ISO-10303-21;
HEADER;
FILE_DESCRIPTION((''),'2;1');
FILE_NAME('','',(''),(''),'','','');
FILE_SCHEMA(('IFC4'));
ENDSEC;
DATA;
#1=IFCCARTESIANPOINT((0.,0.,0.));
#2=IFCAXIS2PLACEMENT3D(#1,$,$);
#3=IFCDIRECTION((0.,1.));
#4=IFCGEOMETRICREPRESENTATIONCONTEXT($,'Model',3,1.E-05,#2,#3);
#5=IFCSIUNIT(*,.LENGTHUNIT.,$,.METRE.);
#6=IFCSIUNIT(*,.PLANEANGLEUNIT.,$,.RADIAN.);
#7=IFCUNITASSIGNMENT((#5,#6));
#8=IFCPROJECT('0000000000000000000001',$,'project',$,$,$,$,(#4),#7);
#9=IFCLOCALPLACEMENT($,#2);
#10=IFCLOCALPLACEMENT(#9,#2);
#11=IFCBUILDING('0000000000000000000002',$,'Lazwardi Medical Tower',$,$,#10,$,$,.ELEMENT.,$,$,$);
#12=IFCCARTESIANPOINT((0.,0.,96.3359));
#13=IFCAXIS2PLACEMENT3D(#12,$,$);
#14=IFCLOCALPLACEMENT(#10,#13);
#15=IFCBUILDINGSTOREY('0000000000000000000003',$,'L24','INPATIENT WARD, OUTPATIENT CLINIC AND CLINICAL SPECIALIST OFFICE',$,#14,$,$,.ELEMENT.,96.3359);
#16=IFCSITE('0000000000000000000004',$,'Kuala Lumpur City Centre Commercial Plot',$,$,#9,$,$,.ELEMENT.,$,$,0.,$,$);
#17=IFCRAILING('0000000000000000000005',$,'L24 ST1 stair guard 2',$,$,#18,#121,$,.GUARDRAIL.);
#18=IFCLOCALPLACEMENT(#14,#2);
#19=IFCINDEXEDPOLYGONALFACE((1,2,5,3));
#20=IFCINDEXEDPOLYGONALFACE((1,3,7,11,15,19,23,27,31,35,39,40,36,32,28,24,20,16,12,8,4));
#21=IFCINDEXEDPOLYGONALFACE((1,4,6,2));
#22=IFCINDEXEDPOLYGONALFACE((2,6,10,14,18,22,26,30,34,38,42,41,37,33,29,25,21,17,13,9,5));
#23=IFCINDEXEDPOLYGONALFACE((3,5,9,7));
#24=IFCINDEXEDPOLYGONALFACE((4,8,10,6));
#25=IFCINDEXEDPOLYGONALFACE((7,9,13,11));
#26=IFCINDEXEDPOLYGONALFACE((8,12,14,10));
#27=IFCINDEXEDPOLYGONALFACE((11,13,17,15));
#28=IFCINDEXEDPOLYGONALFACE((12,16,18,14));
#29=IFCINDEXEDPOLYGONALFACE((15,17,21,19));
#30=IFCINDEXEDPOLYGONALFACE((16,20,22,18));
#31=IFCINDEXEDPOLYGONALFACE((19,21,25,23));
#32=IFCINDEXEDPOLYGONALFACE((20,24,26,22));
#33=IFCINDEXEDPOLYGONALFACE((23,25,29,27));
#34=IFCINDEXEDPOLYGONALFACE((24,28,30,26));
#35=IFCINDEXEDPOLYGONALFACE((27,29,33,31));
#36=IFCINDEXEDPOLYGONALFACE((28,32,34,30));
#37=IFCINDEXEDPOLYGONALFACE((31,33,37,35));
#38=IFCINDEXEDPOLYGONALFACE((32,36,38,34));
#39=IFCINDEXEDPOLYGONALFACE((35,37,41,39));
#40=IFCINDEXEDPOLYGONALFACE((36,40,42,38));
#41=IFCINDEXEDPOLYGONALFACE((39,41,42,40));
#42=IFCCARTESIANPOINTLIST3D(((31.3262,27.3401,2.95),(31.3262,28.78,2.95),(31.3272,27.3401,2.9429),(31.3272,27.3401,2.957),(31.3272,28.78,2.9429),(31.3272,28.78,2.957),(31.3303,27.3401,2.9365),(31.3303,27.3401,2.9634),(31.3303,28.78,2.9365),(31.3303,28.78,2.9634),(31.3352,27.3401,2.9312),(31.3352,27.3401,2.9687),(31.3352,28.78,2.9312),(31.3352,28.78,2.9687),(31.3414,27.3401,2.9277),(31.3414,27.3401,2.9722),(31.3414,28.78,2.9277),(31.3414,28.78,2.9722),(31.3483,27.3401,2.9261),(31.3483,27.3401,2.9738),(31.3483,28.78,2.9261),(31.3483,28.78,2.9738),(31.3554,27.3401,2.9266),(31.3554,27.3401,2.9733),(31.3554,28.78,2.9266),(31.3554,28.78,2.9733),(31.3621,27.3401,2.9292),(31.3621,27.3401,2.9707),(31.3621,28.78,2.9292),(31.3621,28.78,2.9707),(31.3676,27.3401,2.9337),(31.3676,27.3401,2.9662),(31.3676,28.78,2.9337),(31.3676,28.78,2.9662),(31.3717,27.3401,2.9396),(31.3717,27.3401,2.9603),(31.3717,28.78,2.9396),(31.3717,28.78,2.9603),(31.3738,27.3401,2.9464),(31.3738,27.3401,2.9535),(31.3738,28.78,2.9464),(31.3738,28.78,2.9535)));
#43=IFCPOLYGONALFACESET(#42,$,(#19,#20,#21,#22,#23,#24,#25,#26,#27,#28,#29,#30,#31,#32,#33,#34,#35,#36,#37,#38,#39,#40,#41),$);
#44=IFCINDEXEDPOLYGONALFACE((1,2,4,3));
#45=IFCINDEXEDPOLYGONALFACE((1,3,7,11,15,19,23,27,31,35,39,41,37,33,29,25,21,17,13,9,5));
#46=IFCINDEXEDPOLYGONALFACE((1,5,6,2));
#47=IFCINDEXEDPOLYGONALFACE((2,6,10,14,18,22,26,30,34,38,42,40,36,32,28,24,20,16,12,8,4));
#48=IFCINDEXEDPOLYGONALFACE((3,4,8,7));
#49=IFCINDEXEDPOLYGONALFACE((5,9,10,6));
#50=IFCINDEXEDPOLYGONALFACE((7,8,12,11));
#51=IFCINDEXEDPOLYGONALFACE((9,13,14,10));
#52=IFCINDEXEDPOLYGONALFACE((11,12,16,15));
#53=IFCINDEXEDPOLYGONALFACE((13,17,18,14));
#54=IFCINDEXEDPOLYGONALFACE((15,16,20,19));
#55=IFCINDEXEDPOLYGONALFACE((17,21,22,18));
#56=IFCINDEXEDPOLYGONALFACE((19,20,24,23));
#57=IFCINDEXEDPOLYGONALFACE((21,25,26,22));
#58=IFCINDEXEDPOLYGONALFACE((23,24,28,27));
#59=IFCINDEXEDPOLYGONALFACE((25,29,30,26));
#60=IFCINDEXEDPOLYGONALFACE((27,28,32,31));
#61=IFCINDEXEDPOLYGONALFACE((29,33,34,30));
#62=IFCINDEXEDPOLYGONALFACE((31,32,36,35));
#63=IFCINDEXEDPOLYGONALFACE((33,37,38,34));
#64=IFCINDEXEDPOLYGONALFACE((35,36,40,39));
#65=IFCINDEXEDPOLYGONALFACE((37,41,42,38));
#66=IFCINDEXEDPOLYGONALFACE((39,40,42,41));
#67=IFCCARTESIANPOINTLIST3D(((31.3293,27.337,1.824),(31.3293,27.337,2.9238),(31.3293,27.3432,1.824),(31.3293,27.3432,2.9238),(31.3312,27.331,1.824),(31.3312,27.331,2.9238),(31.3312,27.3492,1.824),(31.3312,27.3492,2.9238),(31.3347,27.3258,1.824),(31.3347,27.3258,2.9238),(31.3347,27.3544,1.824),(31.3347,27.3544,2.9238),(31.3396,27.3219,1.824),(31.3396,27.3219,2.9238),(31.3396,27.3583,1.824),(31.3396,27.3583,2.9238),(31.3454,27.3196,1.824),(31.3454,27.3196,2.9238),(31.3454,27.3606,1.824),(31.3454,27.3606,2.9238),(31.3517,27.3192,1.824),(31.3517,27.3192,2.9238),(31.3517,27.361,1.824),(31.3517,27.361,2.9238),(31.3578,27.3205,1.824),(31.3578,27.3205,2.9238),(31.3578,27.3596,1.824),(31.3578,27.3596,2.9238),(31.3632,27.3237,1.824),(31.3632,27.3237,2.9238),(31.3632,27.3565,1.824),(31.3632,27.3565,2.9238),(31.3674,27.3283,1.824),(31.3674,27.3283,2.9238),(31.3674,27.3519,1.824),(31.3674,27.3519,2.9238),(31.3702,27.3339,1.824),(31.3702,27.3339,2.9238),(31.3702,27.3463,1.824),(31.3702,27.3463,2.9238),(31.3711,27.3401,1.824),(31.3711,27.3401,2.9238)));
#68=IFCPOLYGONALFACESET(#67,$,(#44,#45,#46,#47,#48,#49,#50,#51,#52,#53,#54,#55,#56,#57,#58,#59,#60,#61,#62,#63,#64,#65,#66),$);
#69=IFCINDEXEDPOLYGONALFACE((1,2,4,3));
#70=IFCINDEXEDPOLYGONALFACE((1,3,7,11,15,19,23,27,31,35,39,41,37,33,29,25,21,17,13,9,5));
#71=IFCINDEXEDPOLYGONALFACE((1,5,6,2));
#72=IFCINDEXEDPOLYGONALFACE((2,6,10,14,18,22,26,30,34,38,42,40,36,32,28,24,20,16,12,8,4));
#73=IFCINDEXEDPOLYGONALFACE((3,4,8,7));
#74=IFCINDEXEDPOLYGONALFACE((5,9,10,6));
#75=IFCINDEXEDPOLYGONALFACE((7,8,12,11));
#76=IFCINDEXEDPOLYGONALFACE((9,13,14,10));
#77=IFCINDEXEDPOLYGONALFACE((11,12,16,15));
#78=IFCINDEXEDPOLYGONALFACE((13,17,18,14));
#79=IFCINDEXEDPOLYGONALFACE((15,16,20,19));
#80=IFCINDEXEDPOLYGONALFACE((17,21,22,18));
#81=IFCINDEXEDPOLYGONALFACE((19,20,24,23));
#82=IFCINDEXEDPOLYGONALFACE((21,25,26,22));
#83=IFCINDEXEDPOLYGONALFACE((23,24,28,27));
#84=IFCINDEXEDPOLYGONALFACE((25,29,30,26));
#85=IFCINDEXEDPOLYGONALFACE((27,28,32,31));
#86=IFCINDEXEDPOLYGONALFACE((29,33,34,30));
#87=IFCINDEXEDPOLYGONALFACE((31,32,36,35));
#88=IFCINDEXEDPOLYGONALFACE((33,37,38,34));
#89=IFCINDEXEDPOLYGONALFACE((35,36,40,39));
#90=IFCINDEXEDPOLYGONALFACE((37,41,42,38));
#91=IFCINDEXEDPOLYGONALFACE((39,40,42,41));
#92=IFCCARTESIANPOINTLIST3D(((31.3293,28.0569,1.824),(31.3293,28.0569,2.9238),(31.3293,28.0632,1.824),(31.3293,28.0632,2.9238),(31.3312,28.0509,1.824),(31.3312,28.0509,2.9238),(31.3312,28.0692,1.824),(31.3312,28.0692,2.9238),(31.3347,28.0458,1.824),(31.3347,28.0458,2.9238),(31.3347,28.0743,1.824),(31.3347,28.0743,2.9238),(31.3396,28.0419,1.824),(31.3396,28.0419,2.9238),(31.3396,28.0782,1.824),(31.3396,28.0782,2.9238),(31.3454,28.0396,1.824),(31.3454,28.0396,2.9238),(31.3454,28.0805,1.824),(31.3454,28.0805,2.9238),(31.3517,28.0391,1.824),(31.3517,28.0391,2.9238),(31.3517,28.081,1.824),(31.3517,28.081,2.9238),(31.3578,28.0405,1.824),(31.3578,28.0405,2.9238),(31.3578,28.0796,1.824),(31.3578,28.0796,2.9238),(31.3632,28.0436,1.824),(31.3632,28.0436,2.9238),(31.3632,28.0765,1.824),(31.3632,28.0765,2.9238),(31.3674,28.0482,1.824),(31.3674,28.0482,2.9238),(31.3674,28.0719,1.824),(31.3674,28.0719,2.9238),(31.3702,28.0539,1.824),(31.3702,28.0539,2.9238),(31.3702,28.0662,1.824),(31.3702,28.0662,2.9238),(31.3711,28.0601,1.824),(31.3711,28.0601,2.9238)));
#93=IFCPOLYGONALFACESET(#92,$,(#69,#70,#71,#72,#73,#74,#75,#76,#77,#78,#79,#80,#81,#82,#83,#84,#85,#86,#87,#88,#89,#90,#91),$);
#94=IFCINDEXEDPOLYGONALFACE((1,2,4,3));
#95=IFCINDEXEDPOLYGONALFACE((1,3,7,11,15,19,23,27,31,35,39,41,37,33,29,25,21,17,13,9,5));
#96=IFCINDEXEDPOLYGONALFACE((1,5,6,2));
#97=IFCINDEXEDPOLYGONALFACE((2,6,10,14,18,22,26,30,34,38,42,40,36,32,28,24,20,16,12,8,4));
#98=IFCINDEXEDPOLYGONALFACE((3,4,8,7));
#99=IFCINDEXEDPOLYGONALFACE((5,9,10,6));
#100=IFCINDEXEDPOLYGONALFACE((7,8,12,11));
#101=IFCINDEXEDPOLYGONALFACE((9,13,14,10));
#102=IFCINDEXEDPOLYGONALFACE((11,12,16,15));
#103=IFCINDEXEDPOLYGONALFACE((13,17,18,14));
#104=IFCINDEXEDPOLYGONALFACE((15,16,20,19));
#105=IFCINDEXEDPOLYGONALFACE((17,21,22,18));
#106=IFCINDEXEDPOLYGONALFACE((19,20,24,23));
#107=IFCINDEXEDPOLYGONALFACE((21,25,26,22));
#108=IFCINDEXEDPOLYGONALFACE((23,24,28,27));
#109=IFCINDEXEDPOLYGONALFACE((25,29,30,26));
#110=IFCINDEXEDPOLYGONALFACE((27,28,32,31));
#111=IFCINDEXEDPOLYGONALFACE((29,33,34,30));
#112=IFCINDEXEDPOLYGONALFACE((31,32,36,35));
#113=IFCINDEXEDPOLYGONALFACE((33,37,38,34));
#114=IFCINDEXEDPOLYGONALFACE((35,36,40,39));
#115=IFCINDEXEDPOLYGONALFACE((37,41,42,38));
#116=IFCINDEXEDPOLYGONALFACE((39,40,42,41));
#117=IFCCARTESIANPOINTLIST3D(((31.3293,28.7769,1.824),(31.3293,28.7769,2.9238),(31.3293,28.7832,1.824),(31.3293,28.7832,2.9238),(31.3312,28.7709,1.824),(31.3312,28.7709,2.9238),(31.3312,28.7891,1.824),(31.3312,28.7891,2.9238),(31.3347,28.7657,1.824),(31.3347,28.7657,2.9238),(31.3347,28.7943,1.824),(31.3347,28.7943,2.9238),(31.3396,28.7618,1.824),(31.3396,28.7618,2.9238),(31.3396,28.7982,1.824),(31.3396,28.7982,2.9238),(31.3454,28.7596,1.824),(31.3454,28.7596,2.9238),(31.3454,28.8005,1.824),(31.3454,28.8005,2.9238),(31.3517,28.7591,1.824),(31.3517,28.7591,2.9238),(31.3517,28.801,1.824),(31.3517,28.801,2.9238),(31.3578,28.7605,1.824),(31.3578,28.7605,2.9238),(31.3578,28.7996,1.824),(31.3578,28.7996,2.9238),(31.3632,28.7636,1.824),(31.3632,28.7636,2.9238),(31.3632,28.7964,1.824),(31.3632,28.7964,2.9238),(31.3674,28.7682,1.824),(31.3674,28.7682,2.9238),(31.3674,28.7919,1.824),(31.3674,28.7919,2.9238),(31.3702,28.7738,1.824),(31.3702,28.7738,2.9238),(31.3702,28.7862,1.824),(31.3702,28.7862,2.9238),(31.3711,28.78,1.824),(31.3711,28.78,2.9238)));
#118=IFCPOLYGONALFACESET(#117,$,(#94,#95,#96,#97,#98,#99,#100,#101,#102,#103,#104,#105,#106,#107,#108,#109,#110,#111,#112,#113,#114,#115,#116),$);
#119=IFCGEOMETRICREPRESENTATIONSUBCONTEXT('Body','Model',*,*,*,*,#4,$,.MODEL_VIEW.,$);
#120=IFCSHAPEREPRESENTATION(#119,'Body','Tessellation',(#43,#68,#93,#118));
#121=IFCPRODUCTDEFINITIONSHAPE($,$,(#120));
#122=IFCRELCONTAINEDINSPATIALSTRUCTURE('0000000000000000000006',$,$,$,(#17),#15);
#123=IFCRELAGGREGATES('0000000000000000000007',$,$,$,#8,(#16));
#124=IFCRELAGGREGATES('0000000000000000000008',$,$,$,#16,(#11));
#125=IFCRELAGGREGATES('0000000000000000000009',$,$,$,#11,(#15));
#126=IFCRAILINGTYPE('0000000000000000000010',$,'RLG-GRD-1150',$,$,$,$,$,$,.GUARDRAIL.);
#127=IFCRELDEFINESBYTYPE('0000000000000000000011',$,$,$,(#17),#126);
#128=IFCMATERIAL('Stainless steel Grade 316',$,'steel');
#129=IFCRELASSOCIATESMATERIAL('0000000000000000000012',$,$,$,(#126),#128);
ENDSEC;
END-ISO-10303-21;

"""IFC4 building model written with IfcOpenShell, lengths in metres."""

from ifc_helpers import new_model, si_unit, direction, frame, origin, origin_2d, place, context, subcontext, project, spatial, circle, extrude, material, type_object, element, save


model = new_model("IFC4")

# Units and contexts
model_context = context("Model", 3, precision=1e-05, world=origin(), true_north=direction((0.0, 1.0)))
body_context = subcontext(model_context, "Body", "Model", "MODEL_VIEW")
ifc_project = project(units=[si_unit("LENGTHUNIT", "METRE"), si_unit("PLANEANGLEUNIT", "RADIAN")], contexts=[model_context])

# Site, building, storey
site_placement = place(None, origin())
site = spatial("IfcSite", under=ifc_project, at=site_placement, Name="Kuala Lumpur City Centre Commercial Plot", CompositionType="ELEMENT", RefElevation=0.0)
building_placement = place(site_placement, origin())
building = spatial("IfcBuilding", under=site, at=building_placement, Name="Lazwardi Medical Tower", CompositionType="ELEMENT")
storey_placement = place(building_placement, frame((0.0, 0.0, 96.3359)))
storey = spatial("IfcBuildingStorey", under=building, at=storey_placement, Name="L24", Description="INPATIENT WARD, OUTPATIENT CLINIC AND CLINICAL SPECIALIST OFFICE", CompositionType="ELEMENT", Elevation=96.3359)

# Railing
ifc_material_1 = material(Name="Stainless steel Grade 316", Category="steel")
railing_type_1 = type_object("IfcRailingType", Name="RLG-GRD-1150", PredefinedType="GUARDRAIL", material=ifc_material_1)
railing_1_placement = place(storey_placement, frame((31.3501, 27.3401, 1.824)))
element("IfcRailing", 1, at=railing_1_placement, inside=storey, type_object=railing_type_1, Name="L24 ST1 stair guard 2", PredefinedType="GUARDRAIL", context=body_context, shape_type="SweptSolid", body=[
    extrude(circle(Radius=0.0239, at=origin_2d()), frame((0.0, 0.0, 1.126), z_axis=(0.0, 1.0, 0.0), x_axis=(-1.0, 0.0, 0.0)), (0.0, 0.0, 1.0), 1.4399),
    extrude(circle(Radius=0.021, at=origin_2d()), origin(), (0.0, 0.0, 1.0), 1.0999),
    extrude(circle(Radius=0.021, at=origin_2d()), frame((0.0, 0.72, 0.0)), (0.0, 0.0, 1.0), 1.0999),
    extrude(circle(Radius=0.021, at=origin_2d()), frame((0.0, 1.4399, 0.0)), (0.0, 0.0, 1.0), 1.0999),
])

save(model, "model.ifc")
